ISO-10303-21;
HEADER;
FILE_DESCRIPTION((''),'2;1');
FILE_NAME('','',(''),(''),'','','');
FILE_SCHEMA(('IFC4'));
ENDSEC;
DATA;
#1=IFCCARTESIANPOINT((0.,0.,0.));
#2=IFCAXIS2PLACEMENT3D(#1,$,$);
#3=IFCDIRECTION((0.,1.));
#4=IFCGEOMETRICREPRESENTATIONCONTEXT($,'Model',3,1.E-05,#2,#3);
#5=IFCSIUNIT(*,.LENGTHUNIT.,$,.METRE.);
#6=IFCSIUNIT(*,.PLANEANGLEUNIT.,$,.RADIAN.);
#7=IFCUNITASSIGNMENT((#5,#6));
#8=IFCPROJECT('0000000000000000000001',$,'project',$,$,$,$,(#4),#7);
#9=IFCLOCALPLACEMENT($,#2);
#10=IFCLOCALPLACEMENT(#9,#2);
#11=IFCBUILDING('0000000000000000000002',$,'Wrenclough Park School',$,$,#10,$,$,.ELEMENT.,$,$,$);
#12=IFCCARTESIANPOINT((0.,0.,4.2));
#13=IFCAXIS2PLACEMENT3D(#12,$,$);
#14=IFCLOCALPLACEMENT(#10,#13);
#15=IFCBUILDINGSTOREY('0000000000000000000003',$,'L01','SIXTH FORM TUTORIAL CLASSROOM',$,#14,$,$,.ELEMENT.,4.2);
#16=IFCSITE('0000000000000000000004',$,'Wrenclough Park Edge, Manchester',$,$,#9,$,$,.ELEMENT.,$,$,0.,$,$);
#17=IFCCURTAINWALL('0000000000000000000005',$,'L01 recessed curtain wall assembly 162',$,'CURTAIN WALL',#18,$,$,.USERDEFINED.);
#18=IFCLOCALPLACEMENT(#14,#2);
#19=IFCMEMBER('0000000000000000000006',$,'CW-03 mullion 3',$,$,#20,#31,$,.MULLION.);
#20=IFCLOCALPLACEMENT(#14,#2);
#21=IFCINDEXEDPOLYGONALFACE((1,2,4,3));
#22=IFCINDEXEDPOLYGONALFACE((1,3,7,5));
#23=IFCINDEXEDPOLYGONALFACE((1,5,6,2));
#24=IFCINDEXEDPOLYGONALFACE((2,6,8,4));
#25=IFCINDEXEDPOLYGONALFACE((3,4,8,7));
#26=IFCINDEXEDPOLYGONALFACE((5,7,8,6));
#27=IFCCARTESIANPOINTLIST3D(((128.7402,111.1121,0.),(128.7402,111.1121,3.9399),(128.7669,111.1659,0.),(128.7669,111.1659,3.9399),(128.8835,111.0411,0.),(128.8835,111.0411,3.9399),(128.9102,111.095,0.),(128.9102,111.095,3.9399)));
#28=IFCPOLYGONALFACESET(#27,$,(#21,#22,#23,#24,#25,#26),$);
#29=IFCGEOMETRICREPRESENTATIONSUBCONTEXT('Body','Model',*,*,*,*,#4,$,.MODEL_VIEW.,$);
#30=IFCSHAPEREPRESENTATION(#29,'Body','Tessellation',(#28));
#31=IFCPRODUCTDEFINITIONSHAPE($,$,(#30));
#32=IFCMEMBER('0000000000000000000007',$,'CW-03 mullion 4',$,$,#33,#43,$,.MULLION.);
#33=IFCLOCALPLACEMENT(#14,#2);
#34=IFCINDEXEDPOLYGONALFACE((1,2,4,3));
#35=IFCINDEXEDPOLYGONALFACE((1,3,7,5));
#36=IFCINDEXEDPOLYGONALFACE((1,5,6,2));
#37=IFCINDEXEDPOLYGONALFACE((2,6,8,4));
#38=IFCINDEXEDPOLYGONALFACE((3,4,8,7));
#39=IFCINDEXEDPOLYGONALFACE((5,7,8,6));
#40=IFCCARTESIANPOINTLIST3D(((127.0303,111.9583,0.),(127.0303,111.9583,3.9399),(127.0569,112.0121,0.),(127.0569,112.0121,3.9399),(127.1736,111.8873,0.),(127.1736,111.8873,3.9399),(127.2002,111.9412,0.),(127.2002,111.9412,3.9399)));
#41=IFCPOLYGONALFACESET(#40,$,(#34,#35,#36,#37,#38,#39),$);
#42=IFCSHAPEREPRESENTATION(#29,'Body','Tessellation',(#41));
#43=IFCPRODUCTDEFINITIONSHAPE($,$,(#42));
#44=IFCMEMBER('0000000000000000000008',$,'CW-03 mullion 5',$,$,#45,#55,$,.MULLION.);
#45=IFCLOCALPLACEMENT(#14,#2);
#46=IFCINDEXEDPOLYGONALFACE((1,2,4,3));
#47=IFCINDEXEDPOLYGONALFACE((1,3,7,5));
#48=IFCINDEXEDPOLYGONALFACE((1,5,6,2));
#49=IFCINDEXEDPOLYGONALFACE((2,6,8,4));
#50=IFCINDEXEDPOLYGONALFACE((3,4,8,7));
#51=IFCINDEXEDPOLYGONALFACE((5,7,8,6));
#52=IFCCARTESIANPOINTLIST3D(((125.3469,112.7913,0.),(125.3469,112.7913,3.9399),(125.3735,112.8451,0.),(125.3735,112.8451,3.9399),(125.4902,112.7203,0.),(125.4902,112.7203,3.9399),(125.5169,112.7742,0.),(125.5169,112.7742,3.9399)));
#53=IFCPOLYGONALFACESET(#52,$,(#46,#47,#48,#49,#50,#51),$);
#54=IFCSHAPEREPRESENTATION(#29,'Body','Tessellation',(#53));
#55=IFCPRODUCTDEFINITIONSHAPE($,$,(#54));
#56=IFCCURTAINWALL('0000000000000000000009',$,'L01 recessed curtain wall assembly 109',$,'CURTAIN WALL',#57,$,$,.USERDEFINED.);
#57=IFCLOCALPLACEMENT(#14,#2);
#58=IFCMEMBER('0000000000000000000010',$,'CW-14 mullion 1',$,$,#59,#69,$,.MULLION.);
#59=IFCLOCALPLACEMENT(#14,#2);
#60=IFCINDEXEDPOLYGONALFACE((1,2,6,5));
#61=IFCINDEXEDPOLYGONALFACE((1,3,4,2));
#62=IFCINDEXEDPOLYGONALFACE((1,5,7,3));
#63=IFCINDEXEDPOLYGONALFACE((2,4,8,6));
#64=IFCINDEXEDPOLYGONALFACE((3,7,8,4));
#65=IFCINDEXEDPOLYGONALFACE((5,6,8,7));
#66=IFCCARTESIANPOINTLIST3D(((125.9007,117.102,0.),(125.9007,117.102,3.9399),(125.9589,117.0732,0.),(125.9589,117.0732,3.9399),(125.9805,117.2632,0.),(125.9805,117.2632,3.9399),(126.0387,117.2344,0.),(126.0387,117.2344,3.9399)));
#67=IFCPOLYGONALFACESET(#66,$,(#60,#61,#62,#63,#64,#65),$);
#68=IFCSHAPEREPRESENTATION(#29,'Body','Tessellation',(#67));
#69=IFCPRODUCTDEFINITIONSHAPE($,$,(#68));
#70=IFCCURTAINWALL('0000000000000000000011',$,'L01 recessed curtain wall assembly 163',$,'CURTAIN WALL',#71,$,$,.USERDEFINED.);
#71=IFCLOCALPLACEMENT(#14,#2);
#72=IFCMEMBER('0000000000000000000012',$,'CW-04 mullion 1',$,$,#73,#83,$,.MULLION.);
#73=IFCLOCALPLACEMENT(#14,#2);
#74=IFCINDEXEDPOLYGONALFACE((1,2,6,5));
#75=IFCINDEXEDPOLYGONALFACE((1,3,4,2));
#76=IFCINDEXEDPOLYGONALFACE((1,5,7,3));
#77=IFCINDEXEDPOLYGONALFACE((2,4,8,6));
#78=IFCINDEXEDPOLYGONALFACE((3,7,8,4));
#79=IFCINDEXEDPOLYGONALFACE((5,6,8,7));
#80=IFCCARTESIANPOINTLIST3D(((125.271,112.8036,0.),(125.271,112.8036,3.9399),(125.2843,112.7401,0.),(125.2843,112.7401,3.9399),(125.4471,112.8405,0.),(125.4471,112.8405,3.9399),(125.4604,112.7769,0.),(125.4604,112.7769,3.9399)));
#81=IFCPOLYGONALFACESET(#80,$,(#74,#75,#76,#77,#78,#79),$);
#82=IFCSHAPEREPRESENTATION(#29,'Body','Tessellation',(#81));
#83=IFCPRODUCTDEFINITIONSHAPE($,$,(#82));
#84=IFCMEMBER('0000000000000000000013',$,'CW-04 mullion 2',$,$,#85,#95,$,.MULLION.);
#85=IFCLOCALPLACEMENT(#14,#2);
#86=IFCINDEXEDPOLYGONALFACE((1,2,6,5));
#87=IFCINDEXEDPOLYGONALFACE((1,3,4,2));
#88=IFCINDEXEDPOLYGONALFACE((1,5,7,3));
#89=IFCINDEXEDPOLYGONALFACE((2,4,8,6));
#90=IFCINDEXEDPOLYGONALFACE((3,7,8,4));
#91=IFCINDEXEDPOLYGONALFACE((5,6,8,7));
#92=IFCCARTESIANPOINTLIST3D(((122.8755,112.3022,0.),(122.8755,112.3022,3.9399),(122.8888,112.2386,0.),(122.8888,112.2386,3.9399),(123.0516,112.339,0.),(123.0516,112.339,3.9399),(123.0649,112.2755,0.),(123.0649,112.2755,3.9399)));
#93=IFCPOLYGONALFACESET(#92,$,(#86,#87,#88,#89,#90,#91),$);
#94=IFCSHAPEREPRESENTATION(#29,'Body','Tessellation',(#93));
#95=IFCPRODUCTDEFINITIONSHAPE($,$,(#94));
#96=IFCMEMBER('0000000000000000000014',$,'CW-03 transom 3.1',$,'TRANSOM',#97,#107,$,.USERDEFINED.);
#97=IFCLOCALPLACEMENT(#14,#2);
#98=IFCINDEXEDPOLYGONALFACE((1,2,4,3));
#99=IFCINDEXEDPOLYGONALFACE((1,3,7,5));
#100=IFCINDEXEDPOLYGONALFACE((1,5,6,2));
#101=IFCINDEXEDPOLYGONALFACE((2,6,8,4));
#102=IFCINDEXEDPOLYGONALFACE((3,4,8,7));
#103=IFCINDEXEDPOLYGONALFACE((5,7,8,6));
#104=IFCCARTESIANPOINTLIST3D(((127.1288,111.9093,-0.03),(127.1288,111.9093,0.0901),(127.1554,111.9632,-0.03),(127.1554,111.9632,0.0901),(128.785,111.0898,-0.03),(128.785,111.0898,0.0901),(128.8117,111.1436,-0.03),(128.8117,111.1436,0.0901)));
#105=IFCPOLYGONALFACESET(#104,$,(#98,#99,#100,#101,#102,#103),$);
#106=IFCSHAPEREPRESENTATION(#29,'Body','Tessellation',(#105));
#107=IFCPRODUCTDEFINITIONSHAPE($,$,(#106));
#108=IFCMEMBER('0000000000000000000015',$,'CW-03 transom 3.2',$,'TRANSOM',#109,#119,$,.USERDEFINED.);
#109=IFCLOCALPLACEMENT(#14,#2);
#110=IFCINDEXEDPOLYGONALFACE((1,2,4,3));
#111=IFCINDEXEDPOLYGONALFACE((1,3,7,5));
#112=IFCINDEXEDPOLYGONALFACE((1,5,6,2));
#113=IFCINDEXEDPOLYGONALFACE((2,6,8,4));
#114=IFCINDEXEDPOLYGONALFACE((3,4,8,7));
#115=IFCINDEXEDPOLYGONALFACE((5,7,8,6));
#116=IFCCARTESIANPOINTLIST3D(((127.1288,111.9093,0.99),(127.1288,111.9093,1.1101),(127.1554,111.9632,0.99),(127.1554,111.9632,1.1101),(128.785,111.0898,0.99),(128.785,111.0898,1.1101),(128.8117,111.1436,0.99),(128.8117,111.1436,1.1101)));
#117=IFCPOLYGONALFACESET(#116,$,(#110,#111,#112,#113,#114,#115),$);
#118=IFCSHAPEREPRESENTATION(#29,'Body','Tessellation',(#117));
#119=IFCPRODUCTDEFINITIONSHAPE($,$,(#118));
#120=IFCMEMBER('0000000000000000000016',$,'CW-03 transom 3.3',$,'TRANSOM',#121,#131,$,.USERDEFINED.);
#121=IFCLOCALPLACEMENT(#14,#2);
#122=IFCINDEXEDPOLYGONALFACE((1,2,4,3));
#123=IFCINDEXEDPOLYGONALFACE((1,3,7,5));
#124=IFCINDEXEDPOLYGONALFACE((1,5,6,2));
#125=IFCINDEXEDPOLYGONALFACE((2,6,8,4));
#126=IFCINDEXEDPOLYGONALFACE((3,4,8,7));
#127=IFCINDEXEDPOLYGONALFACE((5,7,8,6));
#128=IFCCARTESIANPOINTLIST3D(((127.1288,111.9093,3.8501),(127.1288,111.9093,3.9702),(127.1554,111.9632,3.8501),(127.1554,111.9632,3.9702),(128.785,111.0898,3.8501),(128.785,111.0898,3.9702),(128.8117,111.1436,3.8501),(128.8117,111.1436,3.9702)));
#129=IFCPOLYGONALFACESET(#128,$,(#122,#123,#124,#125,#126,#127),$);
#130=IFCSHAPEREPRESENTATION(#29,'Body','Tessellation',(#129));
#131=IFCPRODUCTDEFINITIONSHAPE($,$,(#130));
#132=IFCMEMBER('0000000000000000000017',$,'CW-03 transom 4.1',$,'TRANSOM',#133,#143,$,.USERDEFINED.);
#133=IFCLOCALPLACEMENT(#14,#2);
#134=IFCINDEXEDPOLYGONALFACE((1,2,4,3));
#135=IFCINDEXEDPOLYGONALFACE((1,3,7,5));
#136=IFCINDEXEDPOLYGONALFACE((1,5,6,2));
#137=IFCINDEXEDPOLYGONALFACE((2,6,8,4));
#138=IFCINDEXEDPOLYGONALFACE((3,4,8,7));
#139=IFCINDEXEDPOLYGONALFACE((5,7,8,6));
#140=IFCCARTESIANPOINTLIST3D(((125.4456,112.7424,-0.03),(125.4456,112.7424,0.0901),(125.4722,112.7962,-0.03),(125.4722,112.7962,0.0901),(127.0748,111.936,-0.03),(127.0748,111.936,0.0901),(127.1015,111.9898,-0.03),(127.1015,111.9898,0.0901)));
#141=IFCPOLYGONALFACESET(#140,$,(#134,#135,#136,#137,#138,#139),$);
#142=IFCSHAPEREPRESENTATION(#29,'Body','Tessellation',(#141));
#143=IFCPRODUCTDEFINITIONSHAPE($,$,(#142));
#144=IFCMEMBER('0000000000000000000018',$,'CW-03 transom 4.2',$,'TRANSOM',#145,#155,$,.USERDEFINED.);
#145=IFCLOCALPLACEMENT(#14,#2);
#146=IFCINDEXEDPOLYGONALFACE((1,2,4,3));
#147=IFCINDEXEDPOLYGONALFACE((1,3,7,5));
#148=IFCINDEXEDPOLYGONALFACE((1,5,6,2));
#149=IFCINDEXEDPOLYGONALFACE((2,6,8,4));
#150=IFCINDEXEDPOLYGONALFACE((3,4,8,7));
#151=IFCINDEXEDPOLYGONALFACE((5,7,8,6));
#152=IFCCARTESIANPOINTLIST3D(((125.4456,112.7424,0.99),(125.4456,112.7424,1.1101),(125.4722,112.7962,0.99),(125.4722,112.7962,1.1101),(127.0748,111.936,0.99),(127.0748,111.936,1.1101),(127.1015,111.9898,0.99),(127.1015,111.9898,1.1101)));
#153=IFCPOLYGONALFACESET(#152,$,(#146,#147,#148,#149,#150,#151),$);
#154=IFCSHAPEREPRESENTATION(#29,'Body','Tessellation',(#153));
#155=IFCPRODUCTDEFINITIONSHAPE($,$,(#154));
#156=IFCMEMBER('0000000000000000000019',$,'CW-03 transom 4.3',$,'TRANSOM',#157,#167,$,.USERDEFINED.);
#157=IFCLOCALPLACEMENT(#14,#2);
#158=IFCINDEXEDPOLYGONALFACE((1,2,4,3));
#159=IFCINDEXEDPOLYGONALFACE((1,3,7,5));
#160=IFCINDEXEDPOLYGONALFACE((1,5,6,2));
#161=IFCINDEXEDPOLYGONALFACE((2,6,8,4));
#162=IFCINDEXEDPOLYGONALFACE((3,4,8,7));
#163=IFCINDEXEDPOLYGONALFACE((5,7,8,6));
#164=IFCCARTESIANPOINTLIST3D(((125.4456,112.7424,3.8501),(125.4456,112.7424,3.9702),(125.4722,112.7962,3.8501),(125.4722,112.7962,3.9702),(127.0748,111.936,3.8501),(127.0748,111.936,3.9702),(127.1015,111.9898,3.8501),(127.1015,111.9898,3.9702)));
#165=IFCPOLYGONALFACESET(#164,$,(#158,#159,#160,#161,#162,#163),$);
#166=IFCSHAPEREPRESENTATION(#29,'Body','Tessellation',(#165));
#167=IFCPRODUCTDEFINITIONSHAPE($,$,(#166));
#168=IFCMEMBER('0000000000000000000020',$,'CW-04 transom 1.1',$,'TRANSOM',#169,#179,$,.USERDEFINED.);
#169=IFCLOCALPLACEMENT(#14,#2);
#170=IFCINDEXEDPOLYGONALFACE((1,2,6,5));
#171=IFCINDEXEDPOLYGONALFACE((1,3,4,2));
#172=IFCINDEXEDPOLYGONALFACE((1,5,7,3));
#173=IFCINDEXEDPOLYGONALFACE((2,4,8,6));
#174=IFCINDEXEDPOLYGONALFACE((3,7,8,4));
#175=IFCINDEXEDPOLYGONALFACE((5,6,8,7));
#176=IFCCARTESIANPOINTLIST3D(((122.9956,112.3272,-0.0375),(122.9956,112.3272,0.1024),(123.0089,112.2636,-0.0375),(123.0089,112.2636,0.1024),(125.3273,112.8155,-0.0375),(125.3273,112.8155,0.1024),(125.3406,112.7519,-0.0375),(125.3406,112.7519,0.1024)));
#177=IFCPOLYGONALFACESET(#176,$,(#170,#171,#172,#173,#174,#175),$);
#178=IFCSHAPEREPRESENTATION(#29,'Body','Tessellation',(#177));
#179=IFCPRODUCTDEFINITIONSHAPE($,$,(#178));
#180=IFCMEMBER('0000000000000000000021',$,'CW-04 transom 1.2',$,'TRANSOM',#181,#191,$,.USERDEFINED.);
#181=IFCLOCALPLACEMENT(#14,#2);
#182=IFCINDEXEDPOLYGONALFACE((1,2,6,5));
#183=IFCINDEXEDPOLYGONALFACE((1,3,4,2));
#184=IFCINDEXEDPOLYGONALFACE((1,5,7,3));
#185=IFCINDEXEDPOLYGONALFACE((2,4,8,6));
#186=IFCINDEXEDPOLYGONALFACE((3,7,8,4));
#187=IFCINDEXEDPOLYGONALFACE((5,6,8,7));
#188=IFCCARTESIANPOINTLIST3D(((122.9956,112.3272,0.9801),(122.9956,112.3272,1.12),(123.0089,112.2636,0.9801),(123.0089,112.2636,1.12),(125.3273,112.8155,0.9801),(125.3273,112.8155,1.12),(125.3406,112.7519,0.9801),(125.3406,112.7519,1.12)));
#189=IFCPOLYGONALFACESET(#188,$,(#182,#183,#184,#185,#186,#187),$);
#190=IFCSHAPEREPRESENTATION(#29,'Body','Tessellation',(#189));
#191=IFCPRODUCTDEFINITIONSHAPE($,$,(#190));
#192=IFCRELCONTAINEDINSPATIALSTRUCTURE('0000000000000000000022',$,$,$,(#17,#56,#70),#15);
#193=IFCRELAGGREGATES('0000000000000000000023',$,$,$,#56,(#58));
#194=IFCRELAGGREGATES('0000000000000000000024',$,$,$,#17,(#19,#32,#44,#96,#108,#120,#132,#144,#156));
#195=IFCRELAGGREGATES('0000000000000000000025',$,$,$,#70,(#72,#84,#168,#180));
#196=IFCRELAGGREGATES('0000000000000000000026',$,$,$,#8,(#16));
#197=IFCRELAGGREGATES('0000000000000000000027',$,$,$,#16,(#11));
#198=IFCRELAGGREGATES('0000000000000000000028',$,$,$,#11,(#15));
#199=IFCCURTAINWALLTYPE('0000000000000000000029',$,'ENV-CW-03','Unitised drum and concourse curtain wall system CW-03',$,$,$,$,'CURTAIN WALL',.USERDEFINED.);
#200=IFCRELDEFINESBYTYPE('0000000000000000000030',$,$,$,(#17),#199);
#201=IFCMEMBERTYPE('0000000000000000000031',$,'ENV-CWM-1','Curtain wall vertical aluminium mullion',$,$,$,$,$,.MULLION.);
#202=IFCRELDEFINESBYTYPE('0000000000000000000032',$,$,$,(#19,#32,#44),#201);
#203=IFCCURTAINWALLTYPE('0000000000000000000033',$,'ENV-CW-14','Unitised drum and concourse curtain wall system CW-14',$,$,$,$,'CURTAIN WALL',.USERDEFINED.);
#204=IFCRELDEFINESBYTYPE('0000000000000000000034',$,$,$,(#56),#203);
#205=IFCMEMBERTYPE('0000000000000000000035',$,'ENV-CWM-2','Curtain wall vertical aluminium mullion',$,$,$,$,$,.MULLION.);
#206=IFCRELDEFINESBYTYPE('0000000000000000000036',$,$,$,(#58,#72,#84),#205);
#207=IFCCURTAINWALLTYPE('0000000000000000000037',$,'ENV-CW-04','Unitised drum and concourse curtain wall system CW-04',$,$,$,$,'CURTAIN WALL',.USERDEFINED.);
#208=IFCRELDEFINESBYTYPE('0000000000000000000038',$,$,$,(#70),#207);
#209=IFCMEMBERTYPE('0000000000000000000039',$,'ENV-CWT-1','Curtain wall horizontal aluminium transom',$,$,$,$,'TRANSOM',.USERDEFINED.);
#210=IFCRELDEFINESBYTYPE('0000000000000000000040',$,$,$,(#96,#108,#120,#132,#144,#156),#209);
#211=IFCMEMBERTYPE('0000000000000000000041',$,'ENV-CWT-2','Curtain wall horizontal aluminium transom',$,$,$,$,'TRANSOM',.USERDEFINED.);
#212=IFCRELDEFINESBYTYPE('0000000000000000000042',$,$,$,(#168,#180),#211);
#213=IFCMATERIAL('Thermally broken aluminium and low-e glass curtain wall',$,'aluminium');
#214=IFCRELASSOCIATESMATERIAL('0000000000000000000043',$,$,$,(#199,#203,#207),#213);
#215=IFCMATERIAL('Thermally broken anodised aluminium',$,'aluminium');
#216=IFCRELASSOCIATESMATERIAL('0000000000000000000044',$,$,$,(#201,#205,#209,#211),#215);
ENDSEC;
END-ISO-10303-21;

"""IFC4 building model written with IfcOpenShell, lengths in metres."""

from ifc_helpers import new_model, si_unit, direction, frame, origin, origin_2d, place, context, subcontext, project, spatial, rectangle, extrude, material, material_profile, profile_set, type_object, element, aggregate, save


model = new_model("IFC4")

# Units and contexts
model_context = context("Model", 3, precision=1e-05, world=origin(), true_north=direction((0.0, 1.0)))
body_context = subcontext(model_context, "Body", "Model", "MODEL_VIEW")
ifc_project = project(units=[si_unit("LENGTHUNIT", "METRE"), si_unit("PLANEANGLEUNIT", "RADIAN")], contexts=[model_context])

# Site, building, storey
site_placement = place(None, origin())
site = spatial("IfcSite", under=ifc_project, at=site_placement, Name="Wrenclough Park Edge, Manchester", CompositionType="ELEMENT", RefElevation=0.0)
building_placement = place(site_placement, origin())
building = spatial("IfcBuilding", under=site, at=building_placement, Name="Wrenclough Park School", CompositionType="ELEMENT")
storey_placement = place(building_placement, frame((0.0, 0.0, 4.2)))
storey = spatial("IfcBuildingStorey", under=building, at=storey_placement, Name="L01", Description="SIXTH FORM TUTORIAL CLASSROOM", CompositionType="ELEMENT", Elevation=4.2)

# Curtain wall, members
ifc_material_1 = material(Name="Thermally broken aluminium and low-e glass curtain wall", Category="aluminium")
curtain_wall_type_1 = type_object("IfcCurtainWallType", Name="ENV-CW-03", Description="Unitised drum and concourse curtain wall system CW-03", ElementType="CURTAIN WALL", PredefinedType="USERDEFINED", material=ifc_material_1)
curtain_wall_1_placement = place(storey_placement, origin())
curtain_wall_1 = element("IfcCurtainWall", 1, at=curtain_wall_1_placement, inside=storey, type_object=curtain_wall_type_1, Name="L01 recessed curtain wall assembly 162", ObjectType="CURTAIN WALL", PredefinedType="USERDEFINED")
ifc_material_2 = material(Name="Thermally broken anodised aluminium", Category="aluminium")
ifc_material_profile_1 = material_profile(ifc_material_2, rectangle(XDim=0.0601, YDim=0.1599, at=origin_2d()), Name="AL MULLION 60x160")
ifc_profile_set_1 = profile_set([ifc_material_profile_1], Name="Thermally broken anodised aluminium")
member_type_1 = type_object("IfcMemberType", Name="ENV-CWM-1", Description="Curtain wall vertical aluminium mullion", PredefinedType="MULLION", material=ifc_profile_set_1)
member_1_placement = place(storey_placement, frame((128.8252, 111.1035, 0.0), z_axis=(0.0, 0.0, 1.0), x_axis=(-0.443515, -0.896267, 0.0)))
member_1 = element("IfcMember", 2, at=member_1_placement, type_object=member_type_1, Name="CW-03 mullion 3", PredefinedType="MULLION", context=body_context, shape_type="SweptSolid", body=[
    extrude(rectangle(XDim=0.0601, YDim=0.1599, at=origin_2d()), origin(), (0.0, 0.0, 1.0), 3.9399),
])
member_2_placement = place(storey_placement, frame((127.1152, 111.9497, 0.0), z_axis=(0.0, 0.0, 1.0), x_axis=(-0.443515, -0.896267, 0.0)))
member_2 = element("IfcMember", 3, at=member_2_placement, type_object=member_type_1, Name="CW-03 mullion 4", PredefinedType="MULLION", context=body_context, shape_type="SweptSolid", body=[
    extrude(rectangle(XDim=0.0601, YDim=0.1599, at=origin_2d()), origin(), (0.0, 0.0, 1.0), 3.9399),
])
member_3_placement = place(storey_placement, frame((125.4319, 112.7827, 0.0), z_axis=(0.0, 0.0, 1.0), x_axis=(-0.443515, -0.896267, 0.0)))
member_3 = element("IfcMember", 4, at=member_3_placement, type_object=member_type_1, Name="CW-03 mullion 5", PredefinedType="MULLION", context=body_context, shape_type="SweptSolid", body=[
    extrude(rectangle(XDim=0.0601, YDim=0.1599, at=origin_2d()), origin(), (0.0, 0.0, 1.0), 3.9399),
])

# Curtain wall, member
curtain_wall_type_2 = type_object("IfcCurtainWallType", Name="ENV-CW-14", Description="Unitised drum and concourse curtain wall system CW-14", ElementType="CURTAIN WALL", PredefinedType="USERDEFINED", material=ifc_material_1)
curtain_wall_2_placement = place(storey_placement, origin())
curtain_wall_2 = element("IfcCurtainWall", 5, at=curtain_wall_2_placement, inside=storey, type_object=curtain_wall_type_2, Name="L01 recessed curtain wall assembly 109", ObjectType="CURTAIN WALL", PredefinedType="USERDEFINED")
ifc_material_profile_2 = material_profile(ifc_material_2, rectangle(XDim=0.0649, YDim=0.1799, at=origin_2d()), Name="AL MULLION 65x180")
ifc_profile_set_2 = profile_set([ifc_material_profile_2], Name="Thermally broken anodised aluminium")
member_type_2 = type_object("IfcMemberType", Name="ENV-CWM-2", Description="Curtain wall vertical aluminium mullion", PredefinedType="MULLION", material=ifc_profile_set_2)
member_4_placement = place(storey_placement, frame((125.9697, 117.1682, 0.0), z_axis=(0.0, 0.0, 1.0), x_axis=(-0.896271, 0.443508, 0.0)))
member_4 = element("IfcMember", 6, at=member_4_placement, type_object=member_type_2, Name="CW-14 mullion 1", PredefinedType="MULLION", context=body_context, shape_type="SweptSolid", body=[
    extrude(rectangle(XDim=0.0649, YDim=0.1799, at=origin_2d()), origin(), (0.0, 0.0, 1.0), 3.9399),
])
aggregate(curtain_wall_2, [member_4])

# Curtain wall, members
curtain_wall_type_3 = type_object("IfcCurtainWallType", Name="ENV-CW-04", Description="Unitised drum and concourse curtain wall system CW-04", ElementType="CURTAIN WALL", PredefinedType="USERDEFINED", material=ifc_material_1)
curtain_wall_3_placement = place(storey_placement, origin())
curtain_wall_3 = element("IfcCurtainWall", 7, at=curtain_wall_3_placement, inside=storey, type_object=curtain_wall_type_3, Name="L01 recessed curtain wall assembly 163", ObjectType="CURTAIN WALL", PredefinedType="USERDEFINED")
member_5_placement = place(storey_placement, frame((125.3657, 112.7903, 0.0), z_axis=(0.0, 0.0, 1.0), x_axis=(0.204874, -0.978788, 0.0)))
member_5 = element("IfcMember", 8, at=member_5_placement, type_object=member_type_2, Name="CW-04 mullion 1", PredefinedType="MULLION", context=body_context, shape_type="SweptSolid", body=[
    extrude(rectangle(XDim=0.0649, YDim=0.1799, at=origin_2d()), origin(), (0.0, 0.0, 1.0), 3.9399),
])
member_6_placement = place(storey_placement, frame((122.9702, 112.2888, 0.0), z_axis=(0.0, 0.0, 1.0), x_axis=(0.204874, -0.978788, 0.0)))
member_6 = element("IfcMember", 9, at=member_6_placement, type_object=member_type_2, Name="CW-04 mullion 2", PredefinedType="MULLION", context=body_context, shape_type="SweptSolid", body=[
    extrude(rectangle(XDim=0.0649, YDim=0.1799, at=origin_2d()), origin(), (0.0, 0.0, 1.0), 3.9399),
])

# Members
ifc_material_profile_3 = material_profile(ifc_material_2, rectangle(XDim=0.0601, YDim=0.1201, at=origin_2d()), Name="AL TRANSOM 60x120")
ifc_profile_set_3 = profile_set([ifc_material_profile_3], Name="Thermally broken anodised aluminium")
member_type_3 = type_object("IfcMemberType", Name="ENV-CWT-1", Description="Curtain wall horizontal aluminium transom", ElementType="TRANSOM", PredefinedType="USERDEFINED", material=ifc_profile_set_3)
member_7_placement = place(storey_placement, frame((128.7983, 111.1167, 0.03), z_axis=(-0.896269, 0.443511, 0.0), x_axis=(-0.443511, -0.896269, 0.0)))
member_7 = element("IfcMember", 10, at=member_7_placement, type_object=member_type_3, Name="CW-03 transom 3.1", ObjectType="TRANSOM", PredefinedType="USERDEFINED", context=body_context, shape_type="SweptSolid", body=[
    extrude(rectangle(XDim=0.0601, YDim=0.1201, at=origin_2d()), origin(), (0.0, 0.0, 1.0), 1.8479),
])
member_8_placement = place(storey_placement, frame((128.7983, 111.1167, 1.05), z_axis=(-0.896269, 0.443511, 0.0), x_axis=(-0.443511, -0.896269, 0.0)))
member_8 = element("IfcMember", 11, at=member_8_placement, type_object=member_type_3, Name="CW-03 transom 3.2", ObjectType="TRANSOM", PredefinedType="USERDEFINED", context=body_context, shape_type="SweptSolid", body=[
    extrude(rectangle(XDim=0.0601, YDim=0.1201, at=origin_2d()), origin(), (0.0, 0.0, 1.0), 1.8479),
])
member_9_placement = place(storey_placement, frame((128.7983, 111.1167, 3.9102), z_axis=(-0.896269, 0.443511, 0.0), x_axis=(-0.443511, -0.896269, 0.0)))
member_9 = element("IfcMember", 12, at=member_9_placement, type_object=member_type_3, Name="CW-03 transom 3.3", ObjectType="TRANSOM", PredefinedType="USERDEFINED", context=body_context, shape_type="SweptSolid", body=[
    extrude(rectangle(XDim=0.0601, YDim=0.1201, at=origin_2d()), origin(), (0.0, 0.0, 1.0), 1.8479),
])
member_10_placement = place(storey_placement, frame((127.0881, 111.9629, 0.03), z_axis=(-0.89622, 0.443611, 0.0), x_axis=(-0.443611, -0.89622, 0.0)))
member_10 = element("IfcMember", 13, at=member_10_placement, type_object=member_type_3, Name="CW-03 transom 4.1", ObjectType="TRANSOM", PredefinedType="USERDEFINED", context=body_context, shape_type="SweptSolid", body=[
    extrude(rectangle(XDim=0.0601, YDim=0.1201, at=origin_2d()), origin(), (0.0, 0.0, 1.0), 1.8179),
])
member_11_placement = place(storey_placement, frame((127.0881, 111.9629, 1.05), z_axis=(-0.89622, 0.443611, 0.0), x_axis=(-0.443611, -0.89622, 0.0)))
member_11 = element("IfcMember", 14, at=member_11_placement, type_object=member_type_3, Name="CW-03 transom 4.2", ObjectType="TRANSOM", PredefinedType="USERDEFINED", context=body_context, shape_type="SweptSolid", body=[
    extrude(rectangle(XDim=0.0601, YDim=0.1201, at=origin_2d()), origin(), (0.0, 0.0, 1.0), 1.8179),
])
member_12_placement = place(storey_placement, frame((127.0881, 111.9629, 3.9102), z_axis=(-0.89622, 0.443611, 0.0), x_axis=(-0.443611, -0.89622, 0.0)))
member_12 = element("IfcMember", 15, at=member_12_placement, type_object=member_type_3, Name="CW-03 transom 4.3", ObjectType="TRANSOM", PredefinedType="USERDEFINED", context=body_context, shape_type="SweptSolid", body=[
    extrude(rectangle(XDim=0.0601, YDim=0.1201, at=origin_2d()), origin(), (0.0, 0.0, 1.0), 1.8179),
])
ifc_material_profile_4 = material_profile(ifc_material_2, rectangle(XDim=0.0649, YDim=0.1399, at=origin_2d()), Name="AL TRANSOM 65x140")
ifc_profile_set_4 = profile_set([ifc_material_profile_4], Name="Thermally broken anodised aluminium")
member_type_4 = type_object("IfcMemberType", Name="ENV-CWT-2", Description="Curtain wall horizontal aluminium transom", ElementType="TRANSOM", PredefinedType="USERDEFINED", material=ifc_profile_set_4)
member_13_placement = place(storey_placement, frame((125.334, 112.7837, 0.0325), z_axis=(-0.978771, -0.204957, 0.0), x_axis=(0.204957, -0.978771, 0.0)))
member_13 = element("IfcMember", 16, at=member_13_placement, type_object=member_type_4, Name="CW-04 transom 1.1", ObjectType="TRANSOM", PredefinedType="USERDEFINED", context=body_context, shape_type="SweptSolid", body=[
    extrude(rectangle(XDim=0.0649, YDim=0.1399, at=origin_2d()), origin(), (0.0, 0.0, 1.0), 2.3823),
])
member_14_placement = place(storey_placement, frame((125.334, 112.7837, 1.05), z_axis=(-0.978771, -0.204957, 0.0), x_axis=(0.204957, -0.978771, 0.0)))
member_14 = element("IfcMember", 17, at=member_14_placement, type_object=member_type_4, Name="CW-04 transom 1.2", ObjectType="TRANSOM", PredefinedType="USERDEFINED", context=body_context, shape_type="SweptSolid", body=[
    extrude(rectangle(XDim=0.0649, YDim=0.1399, at=origin_2d()), origin(), (0.0, 0.0, 1.0), 2.3823),
])

aggregate(curtain_wall_1, [member_1, member_2, member_3, member_7, member_8, member_9, member_10, member_11, member_12])
aggregate(curtain_wall_3, [member_5, member_6, member_13, member_14])

save(model, "model.ifc")
